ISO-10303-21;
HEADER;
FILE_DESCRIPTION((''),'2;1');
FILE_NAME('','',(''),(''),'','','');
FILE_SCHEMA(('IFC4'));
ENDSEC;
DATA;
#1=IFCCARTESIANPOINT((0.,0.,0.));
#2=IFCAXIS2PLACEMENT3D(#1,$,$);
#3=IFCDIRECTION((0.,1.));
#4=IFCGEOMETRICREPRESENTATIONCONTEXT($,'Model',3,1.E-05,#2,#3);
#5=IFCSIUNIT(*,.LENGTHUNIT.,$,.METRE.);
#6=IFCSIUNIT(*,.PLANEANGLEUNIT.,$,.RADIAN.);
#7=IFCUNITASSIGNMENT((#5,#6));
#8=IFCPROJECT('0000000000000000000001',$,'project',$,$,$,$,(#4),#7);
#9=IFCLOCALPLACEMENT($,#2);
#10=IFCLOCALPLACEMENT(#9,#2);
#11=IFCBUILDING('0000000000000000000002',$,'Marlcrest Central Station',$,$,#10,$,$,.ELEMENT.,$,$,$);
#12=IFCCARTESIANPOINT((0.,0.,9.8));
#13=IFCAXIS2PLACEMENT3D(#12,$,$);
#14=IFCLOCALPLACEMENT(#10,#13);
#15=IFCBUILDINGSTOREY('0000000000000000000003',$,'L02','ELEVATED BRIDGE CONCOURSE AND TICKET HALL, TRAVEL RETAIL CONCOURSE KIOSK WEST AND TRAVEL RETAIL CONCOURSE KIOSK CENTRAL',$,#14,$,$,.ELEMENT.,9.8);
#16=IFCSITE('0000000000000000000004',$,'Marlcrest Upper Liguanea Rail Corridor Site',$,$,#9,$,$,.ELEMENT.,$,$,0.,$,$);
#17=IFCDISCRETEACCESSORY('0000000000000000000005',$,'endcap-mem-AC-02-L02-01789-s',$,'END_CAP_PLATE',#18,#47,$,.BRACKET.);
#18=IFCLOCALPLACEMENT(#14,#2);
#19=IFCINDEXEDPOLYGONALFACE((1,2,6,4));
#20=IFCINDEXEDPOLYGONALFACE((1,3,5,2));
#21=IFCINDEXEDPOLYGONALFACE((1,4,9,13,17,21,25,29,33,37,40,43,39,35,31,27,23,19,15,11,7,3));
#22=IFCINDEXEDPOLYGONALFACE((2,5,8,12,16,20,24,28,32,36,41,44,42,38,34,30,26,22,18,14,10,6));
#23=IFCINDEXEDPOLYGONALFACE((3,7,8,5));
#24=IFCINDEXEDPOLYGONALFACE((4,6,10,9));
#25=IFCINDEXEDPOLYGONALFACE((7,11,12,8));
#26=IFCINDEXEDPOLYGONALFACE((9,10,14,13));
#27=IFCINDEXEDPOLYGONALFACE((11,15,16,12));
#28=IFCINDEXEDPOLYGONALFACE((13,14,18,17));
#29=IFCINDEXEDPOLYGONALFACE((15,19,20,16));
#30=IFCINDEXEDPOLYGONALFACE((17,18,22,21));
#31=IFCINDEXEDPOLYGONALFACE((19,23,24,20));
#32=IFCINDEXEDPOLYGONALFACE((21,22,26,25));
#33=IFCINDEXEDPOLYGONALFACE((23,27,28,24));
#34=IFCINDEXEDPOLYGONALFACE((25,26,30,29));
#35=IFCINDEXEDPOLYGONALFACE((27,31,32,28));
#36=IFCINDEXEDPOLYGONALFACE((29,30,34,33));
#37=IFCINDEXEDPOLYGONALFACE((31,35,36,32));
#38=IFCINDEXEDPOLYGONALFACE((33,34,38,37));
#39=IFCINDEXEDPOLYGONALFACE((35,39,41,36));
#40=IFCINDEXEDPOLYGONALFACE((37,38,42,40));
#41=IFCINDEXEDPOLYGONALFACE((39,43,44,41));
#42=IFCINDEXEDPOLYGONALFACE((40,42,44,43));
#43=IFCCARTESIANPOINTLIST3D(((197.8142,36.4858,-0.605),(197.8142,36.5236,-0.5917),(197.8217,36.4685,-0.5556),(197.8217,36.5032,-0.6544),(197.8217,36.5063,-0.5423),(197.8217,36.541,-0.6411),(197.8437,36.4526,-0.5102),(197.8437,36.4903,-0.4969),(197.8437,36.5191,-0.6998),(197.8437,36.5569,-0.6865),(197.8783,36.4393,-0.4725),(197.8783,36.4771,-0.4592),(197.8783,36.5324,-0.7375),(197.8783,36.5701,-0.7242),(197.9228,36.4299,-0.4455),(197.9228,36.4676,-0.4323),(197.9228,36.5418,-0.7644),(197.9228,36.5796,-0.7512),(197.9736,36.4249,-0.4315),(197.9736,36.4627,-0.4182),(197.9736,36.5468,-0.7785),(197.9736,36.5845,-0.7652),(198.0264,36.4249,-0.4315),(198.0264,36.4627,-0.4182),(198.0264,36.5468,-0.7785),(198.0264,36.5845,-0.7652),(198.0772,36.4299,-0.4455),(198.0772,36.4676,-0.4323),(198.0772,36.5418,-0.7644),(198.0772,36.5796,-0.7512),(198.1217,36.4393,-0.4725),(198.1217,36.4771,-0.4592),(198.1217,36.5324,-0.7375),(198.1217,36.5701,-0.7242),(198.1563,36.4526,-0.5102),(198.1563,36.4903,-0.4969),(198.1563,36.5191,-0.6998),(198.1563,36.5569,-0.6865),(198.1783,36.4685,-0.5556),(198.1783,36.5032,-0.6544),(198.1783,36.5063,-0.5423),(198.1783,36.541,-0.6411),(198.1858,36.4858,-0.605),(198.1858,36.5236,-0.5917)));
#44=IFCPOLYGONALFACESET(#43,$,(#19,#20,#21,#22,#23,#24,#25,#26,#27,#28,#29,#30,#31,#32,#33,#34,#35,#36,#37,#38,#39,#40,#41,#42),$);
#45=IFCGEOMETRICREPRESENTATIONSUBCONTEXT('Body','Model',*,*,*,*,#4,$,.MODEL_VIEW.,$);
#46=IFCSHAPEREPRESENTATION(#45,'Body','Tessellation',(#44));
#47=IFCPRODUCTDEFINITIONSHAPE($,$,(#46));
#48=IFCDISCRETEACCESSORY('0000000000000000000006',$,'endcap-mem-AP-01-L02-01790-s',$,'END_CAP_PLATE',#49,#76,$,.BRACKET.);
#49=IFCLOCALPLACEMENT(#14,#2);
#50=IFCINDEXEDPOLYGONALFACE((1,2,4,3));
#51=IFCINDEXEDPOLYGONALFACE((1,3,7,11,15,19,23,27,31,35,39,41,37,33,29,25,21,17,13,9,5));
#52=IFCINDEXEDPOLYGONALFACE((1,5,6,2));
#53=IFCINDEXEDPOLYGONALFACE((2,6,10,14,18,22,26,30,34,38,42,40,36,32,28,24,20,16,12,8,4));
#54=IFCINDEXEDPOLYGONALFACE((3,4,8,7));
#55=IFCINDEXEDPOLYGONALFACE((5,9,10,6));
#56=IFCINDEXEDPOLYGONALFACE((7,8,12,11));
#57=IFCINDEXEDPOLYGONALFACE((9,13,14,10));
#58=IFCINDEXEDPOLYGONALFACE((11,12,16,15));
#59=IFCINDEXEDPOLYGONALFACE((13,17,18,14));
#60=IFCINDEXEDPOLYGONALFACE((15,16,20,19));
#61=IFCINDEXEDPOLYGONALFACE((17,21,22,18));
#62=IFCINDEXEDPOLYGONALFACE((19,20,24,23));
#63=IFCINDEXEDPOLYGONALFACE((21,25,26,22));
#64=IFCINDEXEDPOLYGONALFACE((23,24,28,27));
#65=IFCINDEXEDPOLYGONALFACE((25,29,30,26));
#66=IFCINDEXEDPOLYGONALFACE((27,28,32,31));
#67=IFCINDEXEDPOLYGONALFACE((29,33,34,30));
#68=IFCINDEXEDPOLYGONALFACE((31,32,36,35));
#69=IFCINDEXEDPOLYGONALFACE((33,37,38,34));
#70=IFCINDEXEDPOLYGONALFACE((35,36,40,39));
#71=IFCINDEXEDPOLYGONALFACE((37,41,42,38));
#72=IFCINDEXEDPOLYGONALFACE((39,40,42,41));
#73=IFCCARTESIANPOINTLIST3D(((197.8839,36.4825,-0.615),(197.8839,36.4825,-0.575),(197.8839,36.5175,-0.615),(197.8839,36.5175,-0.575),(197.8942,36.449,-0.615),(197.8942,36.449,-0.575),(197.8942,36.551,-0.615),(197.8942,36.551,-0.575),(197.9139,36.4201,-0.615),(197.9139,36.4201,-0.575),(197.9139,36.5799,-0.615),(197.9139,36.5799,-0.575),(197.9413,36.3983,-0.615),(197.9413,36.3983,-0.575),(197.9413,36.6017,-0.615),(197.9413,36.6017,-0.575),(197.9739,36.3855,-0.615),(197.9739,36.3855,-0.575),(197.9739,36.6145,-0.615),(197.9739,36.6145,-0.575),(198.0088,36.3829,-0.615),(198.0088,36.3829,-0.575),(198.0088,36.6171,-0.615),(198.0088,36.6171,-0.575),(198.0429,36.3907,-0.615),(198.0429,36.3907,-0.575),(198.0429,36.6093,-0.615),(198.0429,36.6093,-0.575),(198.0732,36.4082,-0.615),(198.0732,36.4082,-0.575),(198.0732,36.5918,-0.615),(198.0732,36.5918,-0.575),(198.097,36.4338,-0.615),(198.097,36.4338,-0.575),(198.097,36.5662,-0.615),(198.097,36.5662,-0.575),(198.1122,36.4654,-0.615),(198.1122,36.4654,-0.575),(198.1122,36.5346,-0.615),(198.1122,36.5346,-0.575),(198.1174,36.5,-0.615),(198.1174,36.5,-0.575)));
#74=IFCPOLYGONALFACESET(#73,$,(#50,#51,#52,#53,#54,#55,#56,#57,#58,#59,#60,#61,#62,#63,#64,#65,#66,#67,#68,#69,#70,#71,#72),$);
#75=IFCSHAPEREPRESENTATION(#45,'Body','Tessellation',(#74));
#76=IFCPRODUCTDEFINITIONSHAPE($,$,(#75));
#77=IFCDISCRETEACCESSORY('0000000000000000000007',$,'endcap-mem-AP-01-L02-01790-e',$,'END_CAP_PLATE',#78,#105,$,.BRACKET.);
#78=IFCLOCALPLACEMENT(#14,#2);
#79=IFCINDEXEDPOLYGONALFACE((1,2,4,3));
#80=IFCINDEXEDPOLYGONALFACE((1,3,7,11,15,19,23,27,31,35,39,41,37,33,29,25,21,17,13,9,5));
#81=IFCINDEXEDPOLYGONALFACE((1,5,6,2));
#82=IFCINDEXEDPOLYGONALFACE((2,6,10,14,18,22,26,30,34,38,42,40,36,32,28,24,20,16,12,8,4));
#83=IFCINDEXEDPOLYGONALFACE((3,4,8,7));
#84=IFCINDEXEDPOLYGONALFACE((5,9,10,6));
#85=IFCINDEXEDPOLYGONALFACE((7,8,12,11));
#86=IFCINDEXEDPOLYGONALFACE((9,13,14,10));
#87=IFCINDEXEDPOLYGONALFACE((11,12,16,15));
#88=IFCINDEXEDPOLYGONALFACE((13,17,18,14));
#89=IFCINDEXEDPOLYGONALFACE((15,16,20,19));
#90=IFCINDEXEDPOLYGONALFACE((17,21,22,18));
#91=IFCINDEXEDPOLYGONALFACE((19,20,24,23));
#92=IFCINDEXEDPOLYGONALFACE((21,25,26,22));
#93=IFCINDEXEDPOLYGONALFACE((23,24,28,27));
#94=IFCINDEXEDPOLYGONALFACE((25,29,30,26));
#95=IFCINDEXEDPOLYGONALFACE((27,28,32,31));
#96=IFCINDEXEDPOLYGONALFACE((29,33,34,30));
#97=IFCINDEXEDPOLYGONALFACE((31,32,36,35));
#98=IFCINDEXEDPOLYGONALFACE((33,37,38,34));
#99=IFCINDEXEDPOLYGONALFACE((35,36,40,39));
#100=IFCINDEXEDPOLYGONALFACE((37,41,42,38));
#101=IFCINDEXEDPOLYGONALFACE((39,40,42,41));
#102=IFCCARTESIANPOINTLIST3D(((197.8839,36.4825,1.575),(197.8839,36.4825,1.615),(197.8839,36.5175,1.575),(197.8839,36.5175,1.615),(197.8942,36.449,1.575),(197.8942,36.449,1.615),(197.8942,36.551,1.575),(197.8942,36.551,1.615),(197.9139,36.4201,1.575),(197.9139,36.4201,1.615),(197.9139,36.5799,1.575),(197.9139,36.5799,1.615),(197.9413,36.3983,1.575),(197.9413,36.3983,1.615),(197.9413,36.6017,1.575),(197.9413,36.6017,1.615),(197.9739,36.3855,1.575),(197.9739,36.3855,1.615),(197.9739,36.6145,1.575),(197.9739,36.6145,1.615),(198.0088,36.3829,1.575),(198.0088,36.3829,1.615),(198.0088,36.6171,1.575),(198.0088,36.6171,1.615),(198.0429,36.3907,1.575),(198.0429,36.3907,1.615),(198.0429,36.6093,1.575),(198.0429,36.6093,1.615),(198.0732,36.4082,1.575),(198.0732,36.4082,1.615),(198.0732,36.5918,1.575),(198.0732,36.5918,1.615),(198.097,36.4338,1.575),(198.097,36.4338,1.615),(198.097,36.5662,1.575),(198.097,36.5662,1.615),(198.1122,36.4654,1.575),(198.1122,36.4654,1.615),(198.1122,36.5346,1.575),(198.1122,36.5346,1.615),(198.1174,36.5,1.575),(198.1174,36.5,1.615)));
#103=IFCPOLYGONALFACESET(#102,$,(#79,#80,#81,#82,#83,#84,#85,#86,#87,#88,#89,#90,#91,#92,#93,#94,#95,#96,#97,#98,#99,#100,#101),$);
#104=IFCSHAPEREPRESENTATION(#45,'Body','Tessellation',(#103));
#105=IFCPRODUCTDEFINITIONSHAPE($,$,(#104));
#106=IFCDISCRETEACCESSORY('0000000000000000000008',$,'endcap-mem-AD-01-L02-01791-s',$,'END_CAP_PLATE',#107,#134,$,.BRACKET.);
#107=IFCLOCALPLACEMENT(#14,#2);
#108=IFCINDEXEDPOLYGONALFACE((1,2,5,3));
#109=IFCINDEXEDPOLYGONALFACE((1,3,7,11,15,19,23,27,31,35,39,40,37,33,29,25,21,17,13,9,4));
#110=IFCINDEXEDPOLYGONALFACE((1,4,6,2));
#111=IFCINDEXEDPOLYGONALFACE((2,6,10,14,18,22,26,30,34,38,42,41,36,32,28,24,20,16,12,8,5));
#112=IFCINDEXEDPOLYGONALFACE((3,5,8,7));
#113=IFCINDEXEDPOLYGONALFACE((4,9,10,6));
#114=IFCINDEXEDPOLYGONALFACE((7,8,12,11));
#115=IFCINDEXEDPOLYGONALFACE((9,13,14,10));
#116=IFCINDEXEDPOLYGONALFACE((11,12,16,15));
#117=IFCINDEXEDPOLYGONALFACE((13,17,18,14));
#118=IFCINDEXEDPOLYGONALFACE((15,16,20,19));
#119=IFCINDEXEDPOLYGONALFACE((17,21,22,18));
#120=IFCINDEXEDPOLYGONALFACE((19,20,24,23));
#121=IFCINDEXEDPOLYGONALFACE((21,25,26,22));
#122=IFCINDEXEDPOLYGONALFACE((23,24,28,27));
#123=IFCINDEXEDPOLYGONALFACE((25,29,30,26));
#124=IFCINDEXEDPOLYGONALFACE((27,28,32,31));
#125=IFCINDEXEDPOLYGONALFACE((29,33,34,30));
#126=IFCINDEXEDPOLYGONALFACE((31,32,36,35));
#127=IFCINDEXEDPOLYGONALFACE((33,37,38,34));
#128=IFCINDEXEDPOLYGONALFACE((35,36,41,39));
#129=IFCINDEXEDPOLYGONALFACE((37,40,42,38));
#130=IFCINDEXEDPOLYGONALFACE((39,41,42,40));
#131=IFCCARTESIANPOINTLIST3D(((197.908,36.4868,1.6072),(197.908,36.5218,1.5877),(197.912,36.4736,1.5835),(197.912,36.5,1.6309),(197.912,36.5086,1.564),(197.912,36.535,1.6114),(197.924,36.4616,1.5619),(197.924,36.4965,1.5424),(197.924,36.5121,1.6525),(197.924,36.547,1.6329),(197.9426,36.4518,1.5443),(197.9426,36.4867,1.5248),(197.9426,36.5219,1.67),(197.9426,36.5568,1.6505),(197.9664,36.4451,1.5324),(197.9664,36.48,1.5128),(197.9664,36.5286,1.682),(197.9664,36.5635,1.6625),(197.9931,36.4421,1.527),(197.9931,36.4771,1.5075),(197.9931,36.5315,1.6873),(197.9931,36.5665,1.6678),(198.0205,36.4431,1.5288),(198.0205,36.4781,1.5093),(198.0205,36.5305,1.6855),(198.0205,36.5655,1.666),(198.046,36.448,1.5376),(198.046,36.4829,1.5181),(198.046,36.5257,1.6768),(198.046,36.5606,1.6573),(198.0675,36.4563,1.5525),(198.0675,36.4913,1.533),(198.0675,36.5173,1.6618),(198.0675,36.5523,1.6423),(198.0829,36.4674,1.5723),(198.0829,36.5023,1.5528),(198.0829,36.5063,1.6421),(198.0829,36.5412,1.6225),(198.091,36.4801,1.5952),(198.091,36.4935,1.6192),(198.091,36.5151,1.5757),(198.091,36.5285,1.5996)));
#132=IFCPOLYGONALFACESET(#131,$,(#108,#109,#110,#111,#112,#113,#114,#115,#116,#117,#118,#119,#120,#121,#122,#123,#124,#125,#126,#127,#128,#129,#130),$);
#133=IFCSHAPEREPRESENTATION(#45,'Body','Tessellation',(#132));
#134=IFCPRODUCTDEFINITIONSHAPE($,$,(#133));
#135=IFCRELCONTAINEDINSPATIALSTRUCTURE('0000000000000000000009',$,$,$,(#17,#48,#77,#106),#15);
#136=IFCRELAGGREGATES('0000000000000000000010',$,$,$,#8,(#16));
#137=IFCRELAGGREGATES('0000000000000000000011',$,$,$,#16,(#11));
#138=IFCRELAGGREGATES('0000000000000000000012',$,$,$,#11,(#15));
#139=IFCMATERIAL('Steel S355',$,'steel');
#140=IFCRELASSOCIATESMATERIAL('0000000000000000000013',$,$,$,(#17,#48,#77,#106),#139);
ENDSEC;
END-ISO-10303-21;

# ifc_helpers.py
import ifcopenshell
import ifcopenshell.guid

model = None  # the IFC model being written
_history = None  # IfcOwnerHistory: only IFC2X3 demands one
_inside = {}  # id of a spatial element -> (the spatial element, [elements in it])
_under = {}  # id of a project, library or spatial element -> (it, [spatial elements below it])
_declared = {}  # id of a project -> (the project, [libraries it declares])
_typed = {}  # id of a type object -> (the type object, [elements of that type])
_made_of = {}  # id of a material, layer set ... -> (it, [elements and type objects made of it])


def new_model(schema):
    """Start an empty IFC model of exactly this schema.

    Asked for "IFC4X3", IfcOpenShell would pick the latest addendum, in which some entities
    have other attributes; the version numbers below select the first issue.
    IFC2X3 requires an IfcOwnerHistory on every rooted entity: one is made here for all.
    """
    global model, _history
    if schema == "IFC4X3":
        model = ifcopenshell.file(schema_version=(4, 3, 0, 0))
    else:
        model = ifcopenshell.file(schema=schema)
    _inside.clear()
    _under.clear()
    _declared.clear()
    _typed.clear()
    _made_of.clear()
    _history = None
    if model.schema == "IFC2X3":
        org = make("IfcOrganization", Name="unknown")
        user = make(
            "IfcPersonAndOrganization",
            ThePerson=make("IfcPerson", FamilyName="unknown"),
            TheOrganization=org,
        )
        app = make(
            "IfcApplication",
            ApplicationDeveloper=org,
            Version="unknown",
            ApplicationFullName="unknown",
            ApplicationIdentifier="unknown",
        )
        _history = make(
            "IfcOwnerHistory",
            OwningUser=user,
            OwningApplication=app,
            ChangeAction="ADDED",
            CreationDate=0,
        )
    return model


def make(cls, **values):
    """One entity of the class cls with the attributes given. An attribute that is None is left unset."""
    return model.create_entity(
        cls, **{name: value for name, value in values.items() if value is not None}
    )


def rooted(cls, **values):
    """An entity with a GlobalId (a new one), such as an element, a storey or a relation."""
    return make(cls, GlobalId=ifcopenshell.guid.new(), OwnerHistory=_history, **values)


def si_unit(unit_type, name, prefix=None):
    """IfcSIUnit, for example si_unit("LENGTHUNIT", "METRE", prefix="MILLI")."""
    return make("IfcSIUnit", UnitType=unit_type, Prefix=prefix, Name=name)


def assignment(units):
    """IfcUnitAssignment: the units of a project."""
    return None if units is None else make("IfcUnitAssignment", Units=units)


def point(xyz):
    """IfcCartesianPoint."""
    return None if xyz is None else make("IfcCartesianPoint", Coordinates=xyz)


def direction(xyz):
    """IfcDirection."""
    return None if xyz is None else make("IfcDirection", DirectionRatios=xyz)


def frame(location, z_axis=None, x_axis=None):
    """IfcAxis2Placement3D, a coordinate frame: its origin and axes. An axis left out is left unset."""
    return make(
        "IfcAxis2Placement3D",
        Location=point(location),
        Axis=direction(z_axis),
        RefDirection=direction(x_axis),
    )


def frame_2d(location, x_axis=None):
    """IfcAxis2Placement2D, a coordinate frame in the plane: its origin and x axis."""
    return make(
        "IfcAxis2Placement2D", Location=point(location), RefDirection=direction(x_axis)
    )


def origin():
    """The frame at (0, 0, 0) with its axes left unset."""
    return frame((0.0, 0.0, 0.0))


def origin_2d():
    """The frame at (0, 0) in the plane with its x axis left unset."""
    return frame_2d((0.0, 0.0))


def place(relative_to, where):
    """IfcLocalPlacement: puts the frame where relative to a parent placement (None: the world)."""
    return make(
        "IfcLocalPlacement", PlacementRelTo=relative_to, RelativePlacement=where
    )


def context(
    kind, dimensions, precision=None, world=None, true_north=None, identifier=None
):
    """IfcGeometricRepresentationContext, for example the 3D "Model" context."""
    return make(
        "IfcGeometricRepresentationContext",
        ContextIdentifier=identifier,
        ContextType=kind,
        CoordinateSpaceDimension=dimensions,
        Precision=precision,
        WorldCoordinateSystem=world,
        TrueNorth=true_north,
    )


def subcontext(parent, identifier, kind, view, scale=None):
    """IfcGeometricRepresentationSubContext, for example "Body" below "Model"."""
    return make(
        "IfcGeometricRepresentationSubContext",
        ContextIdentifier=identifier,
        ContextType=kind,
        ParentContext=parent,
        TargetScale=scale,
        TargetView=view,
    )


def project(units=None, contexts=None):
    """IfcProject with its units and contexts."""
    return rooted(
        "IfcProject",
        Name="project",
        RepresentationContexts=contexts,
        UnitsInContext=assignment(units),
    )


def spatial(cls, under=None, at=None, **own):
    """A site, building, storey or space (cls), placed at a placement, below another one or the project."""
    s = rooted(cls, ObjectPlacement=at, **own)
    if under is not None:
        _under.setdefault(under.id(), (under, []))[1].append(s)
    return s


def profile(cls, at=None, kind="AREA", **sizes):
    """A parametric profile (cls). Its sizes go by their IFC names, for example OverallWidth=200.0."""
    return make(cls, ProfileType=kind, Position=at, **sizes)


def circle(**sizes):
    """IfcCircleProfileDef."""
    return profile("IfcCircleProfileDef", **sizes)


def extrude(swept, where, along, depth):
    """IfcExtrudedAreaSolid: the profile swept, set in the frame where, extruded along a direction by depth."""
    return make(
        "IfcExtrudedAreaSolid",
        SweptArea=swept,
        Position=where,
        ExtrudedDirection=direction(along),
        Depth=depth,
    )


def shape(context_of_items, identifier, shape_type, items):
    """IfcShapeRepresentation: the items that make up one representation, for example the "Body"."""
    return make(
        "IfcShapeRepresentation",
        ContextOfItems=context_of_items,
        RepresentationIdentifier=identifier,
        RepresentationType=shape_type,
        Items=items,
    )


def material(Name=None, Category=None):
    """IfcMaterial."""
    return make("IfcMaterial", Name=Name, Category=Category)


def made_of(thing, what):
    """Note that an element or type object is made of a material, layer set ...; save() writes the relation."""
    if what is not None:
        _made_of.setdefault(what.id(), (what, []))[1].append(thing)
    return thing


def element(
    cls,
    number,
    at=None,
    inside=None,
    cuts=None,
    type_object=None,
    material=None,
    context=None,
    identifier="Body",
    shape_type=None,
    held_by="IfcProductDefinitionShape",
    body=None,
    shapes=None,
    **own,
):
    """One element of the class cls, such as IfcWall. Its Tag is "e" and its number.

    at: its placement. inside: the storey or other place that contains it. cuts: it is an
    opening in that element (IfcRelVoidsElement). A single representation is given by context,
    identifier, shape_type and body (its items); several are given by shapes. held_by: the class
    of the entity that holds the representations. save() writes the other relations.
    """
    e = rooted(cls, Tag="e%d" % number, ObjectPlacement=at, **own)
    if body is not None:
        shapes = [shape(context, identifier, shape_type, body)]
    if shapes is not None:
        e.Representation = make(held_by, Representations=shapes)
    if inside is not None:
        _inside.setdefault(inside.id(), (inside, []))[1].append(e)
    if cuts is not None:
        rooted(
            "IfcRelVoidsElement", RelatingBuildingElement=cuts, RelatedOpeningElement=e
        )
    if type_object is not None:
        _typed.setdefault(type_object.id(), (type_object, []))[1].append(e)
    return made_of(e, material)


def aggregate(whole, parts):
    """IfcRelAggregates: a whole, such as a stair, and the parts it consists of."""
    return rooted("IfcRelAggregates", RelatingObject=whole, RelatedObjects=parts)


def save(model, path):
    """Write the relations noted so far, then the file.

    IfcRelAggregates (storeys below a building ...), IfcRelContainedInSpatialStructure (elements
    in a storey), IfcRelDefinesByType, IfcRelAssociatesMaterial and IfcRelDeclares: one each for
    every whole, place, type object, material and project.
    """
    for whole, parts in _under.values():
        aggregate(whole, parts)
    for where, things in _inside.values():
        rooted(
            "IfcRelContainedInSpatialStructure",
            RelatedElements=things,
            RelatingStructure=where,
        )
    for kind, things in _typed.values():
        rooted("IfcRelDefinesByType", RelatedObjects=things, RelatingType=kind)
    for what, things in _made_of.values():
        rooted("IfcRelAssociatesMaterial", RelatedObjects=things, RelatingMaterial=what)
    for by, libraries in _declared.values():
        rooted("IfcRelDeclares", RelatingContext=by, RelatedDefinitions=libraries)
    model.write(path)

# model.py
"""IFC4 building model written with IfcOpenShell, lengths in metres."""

from ifc_helpers import new_model, si_unit, direction, frame, origin, origin_2d, place, context, subcontext, project, spatial, circle, extrude, material, element, save


model = new_model("IFC4")

# Units and contexts
model_context = context("Model", 3, precision=1e-05, world=origin(), true_north=direction((0.0, 1.0)))
body_context = subcontext(model_context, "Body", "Model", "MODEL_VIEW")
ifc_project = project(units=[si_unit("LENGTHUNIT", "METRE"), si_unit("PLANEANGLEUNIT", "RADIAN")], contexts=[model_context])

# Site, building, storey
site_placement = place(None, origin())
site = spatial("IfcSite", under=ifc_project, at=site_placement, Name="Marlcrest Upper Liguanea Rail Corridor Site", CompositionType="ELEMENT", RefElevation=0.0)
building_placement = place(site_placement, origin())
building = spatial("IfcBuilding", under=site, at=building_placement, Name="Marlcrest Central Station", CompositionType="ELEMENT")
storey_placement = place(building_placement, frame((0.0, 0.0, 9.8)))
storey = spatial("IfcBuildingStorey", under=building, at=storey_placement, Name="L02", Description="ELEVATED BRIDGE CONCOURSE AND TICKET HALL, TRAVEL RETAIL CONCOURSE KIOSK WEST AND TRAVEL RETAIL CONCOURSE KIOSK CENTRAL", CompositionType="ELEMENT", Elevation=9.8)

# Shared definitions
ifc_material_1 = material(Name="Steel S355", Category="steel")

# Discrete accessories
discrete_accessory_1_placement = place(storey_placement, frame((198.0, 36.4858, -0.605), z_axis=(0.0, 0.943537, 0.331266), x_axis=(-1.0, 0.0, 0.0)))
element("IfcDiscreteAccessory", 1, at=discrete_accessory_1_placement, inside=storey, material=ifc_material_1, Name="endcap-mem-AC-02-L02-01789-s", ObjectType="END_CAP_PLATE", PredefinedType="BRACKET", context=body_context, shape_type="SweptSolid", body=[
    extrude(circle(Radius=0.1858, at=origin_2d()), origin(), (0.0, 0.0, 1.0), 0.04),
])
for number, where, z_axis, x_axis, name in (
    (2, (198.0, 36.5, -0.615), (0.0, 0.0, 1.0), (1.0, 0.0, 0.0), "endcap-mem-AP-01-L02-01790-s"),
    (3, (198.0, 36.5, 1.575), (0.0, 0.0, 1.0), (1.0, 0.0, 0.0), "endcap-mem-AP-01-L02-01790-e"),
):
    element("IfcDiscreteAccessory", number, at=place(storey_placement, frame(where, z_axis=z_axis, x_axis=x_axis)), inside=storey, material=ifc_material_1, Name=name, ObjectType="END_CAP_PLATE", PredefinedType="BRACKET", context=body_context, shape_type="SweptSolid", body=[
        extrude(circle(Radius=0.1174, at=origin_2d()), origin(), (0.0, 0.0, 1.0), 0.04),
    ])
discrete_accessory_2_placement = place(storey_placement, frame((198.0, 36.4868, 1.6072), z_axis=(0.0, 0.873246, -0.48728), x_axis=(-1.0, 0.0, 0.0)))
element("IfcDiscreteAccessory", 4, at=discrete_accessory_2_placement, inside=storey, material=ifc_material_1, Name="endcap-mem-AD-01-L02-01791-s", ObjectType="END_CAP_PLATE", PredefinedType="BRACKET", context=body_context, shape_type="SweptSolid", body=[
    extrude(circle(Radius=0.092, at=origin_2d()), origin(), (0.0, 0.0, 1.0), 0.04),
])

save(model, "model.ifc")
